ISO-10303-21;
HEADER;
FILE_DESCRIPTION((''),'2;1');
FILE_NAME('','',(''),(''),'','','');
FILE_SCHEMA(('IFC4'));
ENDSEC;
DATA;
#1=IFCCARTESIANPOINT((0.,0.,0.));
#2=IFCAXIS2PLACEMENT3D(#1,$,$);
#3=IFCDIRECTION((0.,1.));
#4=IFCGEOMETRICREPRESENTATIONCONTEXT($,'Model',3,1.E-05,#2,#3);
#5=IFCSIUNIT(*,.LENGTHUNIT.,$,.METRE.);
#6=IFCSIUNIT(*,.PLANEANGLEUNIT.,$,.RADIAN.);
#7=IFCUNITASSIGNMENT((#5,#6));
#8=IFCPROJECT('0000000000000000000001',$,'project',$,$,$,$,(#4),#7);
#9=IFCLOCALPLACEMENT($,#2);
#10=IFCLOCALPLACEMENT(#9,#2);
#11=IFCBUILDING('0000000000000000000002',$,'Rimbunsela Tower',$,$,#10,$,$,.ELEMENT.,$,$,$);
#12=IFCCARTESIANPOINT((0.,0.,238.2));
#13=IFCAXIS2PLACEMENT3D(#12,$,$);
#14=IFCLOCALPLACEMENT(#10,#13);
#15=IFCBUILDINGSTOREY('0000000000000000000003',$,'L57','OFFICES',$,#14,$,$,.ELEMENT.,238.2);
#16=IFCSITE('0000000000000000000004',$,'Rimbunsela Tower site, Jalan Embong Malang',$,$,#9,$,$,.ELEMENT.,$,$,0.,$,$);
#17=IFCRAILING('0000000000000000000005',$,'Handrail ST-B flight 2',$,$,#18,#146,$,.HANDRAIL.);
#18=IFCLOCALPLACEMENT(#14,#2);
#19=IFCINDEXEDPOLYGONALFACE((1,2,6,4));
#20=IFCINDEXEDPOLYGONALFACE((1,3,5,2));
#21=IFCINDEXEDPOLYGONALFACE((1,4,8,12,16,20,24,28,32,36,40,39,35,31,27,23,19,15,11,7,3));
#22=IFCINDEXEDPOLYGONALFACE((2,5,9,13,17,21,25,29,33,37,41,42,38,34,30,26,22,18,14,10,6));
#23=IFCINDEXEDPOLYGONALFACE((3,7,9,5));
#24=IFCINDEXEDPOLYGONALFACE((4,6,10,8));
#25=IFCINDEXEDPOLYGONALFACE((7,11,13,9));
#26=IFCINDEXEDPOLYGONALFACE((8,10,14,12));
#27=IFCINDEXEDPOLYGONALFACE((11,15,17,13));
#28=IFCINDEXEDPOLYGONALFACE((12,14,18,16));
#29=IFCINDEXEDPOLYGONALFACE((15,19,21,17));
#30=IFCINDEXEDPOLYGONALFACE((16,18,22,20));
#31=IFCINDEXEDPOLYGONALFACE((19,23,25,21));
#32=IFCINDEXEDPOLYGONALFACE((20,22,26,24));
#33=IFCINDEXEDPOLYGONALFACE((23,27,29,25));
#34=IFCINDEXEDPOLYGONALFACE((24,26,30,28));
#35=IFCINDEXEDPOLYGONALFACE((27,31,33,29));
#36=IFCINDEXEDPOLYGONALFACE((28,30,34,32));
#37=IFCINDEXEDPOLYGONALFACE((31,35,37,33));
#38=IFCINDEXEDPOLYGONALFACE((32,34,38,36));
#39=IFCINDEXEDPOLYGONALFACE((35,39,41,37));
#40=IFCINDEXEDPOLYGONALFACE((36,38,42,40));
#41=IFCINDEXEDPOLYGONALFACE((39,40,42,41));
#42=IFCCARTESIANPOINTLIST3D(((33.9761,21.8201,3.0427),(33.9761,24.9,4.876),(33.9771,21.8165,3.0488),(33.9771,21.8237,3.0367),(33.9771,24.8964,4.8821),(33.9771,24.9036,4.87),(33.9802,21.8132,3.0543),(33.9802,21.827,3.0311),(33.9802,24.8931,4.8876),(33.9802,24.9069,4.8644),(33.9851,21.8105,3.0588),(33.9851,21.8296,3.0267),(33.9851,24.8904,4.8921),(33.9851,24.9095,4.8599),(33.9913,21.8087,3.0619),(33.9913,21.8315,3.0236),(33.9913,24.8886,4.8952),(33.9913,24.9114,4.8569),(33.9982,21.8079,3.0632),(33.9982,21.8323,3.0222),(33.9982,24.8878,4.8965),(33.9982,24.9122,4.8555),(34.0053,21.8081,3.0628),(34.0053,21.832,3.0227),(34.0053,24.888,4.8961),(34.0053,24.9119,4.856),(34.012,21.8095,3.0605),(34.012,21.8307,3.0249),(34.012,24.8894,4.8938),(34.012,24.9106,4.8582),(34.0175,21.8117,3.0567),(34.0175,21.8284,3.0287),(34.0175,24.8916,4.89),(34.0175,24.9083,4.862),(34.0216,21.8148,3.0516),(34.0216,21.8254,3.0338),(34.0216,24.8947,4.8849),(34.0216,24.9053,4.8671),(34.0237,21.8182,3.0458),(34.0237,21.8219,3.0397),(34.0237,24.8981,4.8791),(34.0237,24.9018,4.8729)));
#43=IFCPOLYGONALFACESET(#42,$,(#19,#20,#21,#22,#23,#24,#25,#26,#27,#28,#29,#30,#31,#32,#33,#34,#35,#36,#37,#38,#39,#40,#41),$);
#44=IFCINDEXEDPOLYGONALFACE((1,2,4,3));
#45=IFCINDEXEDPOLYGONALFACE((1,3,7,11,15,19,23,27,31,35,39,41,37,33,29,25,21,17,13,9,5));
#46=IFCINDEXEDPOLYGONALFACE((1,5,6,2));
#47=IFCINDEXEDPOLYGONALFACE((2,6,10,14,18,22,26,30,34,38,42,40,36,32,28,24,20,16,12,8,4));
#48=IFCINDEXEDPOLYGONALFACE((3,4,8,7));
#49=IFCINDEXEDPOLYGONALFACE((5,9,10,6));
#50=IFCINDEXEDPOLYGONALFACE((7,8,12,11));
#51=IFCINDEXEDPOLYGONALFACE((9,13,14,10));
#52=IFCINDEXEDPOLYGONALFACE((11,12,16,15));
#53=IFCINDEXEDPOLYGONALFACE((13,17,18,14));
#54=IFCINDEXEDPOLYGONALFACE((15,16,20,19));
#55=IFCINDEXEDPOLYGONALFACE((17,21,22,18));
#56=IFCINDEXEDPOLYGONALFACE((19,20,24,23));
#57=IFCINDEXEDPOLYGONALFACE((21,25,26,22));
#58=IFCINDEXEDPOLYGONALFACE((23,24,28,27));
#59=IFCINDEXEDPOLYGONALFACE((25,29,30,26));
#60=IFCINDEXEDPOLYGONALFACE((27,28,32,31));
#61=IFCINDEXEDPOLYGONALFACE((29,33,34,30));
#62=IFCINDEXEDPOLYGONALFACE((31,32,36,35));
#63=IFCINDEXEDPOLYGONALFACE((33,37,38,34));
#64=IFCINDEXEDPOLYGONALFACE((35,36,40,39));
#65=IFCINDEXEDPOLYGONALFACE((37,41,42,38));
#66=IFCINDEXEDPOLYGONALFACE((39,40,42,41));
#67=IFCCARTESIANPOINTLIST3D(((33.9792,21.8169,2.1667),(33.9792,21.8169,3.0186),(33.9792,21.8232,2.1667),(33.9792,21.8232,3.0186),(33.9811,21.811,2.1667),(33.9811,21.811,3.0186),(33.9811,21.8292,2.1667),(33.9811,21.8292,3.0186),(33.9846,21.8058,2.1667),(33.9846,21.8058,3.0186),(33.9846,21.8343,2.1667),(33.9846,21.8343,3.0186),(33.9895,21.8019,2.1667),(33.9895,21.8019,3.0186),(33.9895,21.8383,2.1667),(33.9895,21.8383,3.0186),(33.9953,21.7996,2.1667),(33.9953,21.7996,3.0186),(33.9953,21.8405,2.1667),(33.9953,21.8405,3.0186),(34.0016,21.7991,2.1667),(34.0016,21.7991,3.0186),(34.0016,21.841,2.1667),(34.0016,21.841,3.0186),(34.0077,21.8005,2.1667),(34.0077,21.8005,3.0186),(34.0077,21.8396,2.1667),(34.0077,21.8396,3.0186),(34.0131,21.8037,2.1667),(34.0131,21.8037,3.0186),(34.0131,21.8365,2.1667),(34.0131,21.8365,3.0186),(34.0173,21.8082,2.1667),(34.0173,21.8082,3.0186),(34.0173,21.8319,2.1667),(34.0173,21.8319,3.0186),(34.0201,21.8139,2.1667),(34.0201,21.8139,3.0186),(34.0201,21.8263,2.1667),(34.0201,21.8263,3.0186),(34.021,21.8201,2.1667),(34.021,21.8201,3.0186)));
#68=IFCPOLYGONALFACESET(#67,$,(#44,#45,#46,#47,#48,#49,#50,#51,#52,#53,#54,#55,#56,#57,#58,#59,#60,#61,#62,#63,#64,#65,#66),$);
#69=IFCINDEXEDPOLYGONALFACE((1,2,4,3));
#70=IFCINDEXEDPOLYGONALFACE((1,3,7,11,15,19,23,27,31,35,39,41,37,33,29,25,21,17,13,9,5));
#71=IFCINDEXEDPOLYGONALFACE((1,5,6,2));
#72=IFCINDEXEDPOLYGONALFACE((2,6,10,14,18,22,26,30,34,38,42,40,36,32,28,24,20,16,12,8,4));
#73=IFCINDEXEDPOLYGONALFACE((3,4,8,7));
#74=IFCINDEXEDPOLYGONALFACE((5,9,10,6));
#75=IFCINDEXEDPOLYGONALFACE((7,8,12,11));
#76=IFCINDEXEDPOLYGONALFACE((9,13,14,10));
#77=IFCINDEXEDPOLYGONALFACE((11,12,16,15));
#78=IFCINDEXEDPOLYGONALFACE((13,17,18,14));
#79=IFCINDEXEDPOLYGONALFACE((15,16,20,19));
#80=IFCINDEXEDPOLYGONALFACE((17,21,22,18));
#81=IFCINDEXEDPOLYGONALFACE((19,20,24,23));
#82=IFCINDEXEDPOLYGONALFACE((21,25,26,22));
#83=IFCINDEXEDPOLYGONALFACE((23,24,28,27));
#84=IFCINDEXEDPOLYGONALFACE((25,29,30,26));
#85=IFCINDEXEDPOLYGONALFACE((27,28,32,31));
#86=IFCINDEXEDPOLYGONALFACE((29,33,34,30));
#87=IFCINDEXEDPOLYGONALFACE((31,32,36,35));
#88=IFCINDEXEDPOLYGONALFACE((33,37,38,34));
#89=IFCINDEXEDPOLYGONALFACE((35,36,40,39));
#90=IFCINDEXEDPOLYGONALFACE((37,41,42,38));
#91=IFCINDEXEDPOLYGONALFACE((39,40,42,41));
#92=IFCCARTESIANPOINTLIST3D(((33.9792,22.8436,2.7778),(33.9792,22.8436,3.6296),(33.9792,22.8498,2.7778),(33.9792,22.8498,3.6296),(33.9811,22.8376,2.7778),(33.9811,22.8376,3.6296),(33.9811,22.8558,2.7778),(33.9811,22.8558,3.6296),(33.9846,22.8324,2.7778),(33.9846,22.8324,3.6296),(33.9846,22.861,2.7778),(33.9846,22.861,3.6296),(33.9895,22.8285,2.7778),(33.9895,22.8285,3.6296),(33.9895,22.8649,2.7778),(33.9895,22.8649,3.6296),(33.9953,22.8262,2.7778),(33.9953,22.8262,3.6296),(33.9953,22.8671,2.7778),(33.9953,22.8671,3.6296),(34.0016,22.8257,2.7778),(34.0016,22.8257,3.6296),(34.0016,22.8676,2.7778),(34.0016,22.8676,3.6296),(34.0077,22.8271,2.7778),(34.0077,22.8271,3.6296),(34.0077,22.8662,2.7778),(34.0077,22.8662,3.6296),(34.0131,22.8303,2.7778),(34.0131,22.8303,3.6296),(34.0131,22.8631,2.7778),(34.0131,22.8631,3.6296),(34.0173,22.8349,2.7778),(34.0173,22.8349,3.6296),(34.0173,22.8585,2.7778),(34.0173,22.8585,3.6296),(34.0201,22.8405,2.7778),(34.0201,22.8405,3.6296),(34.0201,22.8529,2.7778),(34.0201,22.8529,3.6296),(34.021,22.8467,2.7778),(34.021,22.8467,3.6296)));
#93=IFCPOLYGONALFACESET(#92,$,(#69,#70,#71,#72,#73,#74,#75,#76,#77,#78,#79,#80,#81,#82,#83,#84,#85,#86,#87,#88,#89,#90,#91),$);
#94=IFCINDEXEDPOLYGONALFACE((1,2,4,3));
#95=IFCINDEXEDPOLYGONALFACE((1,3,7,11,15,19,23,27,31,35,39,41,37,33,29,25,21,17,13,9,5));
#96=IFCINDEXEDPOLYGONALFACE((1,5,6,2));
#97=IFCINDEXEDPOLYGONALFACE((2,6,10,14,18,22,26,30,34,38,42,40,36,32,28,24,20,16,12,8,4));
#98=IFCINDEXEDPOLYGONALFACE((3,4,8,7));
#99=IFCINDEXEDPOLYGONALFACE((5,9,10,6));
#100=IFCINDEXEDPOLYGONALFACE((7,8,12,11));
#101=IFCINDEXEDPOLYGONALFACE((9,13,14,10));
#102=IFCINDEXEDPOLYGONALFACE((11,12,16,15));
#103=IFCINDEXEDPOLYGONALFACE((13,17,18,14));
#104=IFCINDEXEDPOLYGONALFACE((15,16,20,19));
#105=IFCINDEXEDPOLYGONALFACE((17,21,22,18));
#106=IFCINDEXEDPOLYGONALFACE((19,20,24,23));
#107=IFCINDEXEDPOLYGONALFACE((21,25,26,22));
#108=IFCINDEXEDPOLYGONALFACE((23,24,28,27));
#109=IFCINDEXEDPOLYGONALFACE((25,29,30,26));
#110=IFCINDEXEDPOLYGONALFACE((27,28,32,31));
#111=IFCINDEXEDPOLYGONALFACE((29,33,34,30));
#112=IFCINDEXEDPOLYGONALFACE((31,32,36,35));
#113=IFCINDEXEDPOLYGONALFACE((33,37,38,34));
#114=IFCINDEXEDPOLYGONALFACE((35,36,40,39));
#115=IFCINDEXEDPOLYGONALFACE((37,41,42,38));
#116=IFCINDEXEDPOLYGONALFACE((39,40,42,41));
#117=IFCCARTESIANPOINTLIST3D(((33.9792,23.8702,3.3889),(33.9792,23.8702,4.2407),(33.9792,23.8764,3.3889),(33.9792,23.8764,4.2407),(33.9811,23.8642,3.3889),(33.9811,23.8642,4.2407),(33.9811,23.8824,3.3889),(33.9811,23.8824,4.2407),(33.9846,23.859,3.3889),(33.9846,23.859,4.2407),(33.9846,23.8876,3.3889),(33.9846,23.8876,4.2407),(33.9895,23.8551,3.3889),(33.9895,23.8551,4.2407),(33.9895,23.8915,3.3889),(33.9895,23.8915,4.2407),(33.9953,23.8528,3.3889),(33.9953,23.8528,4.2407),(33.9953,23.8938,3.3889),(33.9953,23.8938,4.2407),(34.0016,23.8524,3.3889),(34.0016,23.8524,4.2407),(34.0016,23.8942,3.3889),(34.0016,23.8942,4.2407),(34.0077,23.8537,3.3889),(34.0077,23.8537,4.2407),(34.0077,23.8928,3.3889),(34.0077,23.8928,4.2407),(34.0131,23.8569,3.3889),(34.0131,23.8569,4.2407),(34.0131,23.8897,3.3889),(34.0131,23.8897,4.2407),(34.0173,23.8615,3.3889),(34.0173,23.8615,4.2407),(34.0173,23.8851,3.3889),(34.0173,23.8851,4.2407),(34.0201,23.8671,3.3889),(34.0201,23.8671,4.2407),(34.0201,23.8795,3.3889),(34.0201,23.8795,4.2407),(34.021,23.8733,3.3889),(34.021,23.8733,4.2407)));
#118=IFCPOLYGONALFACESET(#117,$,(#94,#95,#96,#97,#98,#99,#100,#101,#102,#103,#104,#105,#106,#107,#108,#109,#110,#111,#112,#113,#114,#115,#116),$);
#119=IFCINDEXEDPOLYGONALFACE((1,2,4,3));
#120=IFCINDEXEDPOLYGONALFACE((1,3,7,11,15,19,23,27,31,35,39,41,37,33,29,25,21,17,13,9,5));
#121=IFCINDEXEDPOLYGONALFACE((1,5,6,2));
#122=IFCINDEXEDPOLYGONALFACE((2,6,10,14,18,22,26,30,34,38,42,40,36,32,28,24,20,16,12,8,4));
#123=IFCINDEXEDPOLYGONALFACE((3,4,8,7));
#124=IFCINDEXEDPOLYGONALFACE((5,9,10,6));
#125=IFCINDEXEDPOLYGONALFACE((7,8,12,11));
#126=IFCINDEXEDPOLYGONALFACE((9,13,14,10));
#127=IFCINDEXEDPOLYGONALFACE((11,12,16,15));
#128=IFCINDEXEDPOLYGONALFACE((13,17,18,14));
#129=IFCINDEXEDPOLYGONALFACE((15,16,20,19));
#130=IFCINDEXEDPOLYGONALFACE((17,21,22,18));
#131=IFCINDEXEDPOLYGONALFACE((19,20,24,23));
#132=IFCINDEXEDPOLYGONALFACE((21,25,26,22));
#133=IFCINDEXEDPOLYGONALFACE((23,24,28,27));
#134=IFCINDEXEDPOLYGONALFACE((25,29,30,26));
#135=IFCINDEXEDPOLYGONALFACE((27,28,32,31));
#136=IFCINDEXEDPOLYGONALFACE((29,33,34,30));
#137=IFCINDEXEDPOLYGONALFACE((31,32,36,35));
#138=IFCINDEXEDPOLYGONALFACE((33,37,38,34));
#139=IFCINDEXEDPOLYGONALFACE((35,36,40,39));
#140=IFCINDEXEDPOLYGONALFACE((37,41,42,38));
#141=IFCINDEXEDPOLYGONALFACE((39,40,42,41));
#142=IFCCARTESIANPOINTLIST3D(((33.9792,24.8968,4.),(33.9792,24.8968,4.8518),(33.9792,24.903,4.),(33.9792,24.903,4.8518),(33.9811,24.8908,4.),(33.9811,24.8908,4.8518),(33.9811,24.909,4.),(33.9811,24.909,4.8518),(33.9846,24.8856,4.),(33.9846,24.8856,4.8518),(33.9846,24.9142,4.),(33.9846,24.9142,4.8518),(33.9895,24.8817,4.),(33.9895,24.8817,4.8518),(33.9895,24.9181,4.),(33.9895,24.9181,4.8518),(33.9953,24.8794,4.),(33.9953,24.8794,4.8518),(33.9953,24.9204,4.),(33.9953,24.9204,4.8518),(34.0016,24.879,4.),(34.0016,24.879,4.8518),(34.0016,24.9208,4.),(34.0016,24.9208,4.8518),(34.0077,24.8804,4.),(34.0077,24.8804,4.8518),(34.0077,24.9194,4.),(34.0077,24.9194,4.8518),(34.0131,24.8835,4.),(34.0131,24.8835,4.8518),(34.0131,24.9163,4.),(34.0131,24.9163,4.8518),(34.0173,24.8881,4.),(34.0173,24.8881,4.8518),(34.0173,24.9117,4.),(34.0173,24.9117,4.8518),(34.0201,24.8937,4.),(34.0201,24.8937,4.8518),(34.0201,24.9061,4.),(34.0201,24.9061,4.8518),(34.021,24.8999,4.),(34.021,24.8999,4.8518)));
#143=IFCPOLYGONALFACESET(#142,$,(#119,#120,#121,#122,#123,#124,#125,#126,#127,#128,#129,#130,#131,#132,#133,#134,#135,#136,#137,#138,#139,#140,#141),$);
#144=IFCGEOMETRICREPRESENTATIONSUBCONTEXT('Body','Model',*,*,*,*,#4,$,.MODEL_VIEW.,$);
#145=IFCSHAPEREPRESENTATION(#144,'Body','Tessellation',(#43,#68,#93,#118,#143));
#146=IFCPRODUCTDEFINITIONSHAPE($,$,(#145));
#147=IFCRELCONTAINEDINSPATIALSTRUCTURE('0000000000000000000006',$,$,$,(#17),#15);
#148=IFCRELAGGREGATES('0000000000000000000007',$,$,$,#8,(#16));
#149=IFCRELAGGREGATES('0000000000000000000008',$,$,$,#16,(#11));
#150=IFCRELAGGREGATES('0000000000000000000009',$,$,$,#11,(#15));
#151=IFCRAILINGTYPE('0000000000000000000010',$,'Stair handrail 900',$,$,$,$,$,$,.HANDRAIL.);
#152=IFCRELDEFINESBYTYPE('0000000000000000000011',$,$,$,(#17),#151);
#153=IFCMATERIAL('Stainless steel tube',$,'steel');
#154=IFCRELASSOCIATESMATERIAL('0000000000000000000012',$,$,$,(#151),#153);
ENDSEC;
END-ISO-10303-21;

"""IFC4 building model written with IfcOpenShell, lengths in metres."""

from ifc_helpers import new_model, si_unit, direction, frame, origin, origin_2d, place, context, subcontext, project, spatial, circle, extrude, material, type_object, element, save


model = new_model("IFC4")

# Units and contexts
model_context = context("Model", 3, precision=1e-05, world=origin(), true_north=direction((0.0, 1.0)))
body_context = subcontext(model_context, "Body", "Model", "MODEL_VIEW")
ifc_project = project(units=[si_unit("LENGTHUNIT", "METRE"), si_unit("PLANEANGLEUNIT", "RADIAN")], contexts=[model_context])

# Site, building, storey
site_placement = place(None, origin())
site = spatial("IfcSite", under=ifc_project, at=site_placement, Name="Rimbunsela Tower site, Jalan Embong Malang", CompositionType="ELEMENT", RefElevation=0.0)
building_placement = place(site_placement, origin())
building = spatial("IfcBuilding", under=site, at=building_placement, Name="Rimbunsela Tower", CompositionType="ELEMENT")
storey_placement = place(building_placement, frame((0.0, 0.0, 238.2)))
storey = spatial("IfcBuildingStorey", under=building, at=storey_placement, Name="L57", Description="OFFICES", CompositionType="ELEMENT", Elevation=238.2)

# Railing
ifc_material_1 = material(Name="Stainless steel tube", Category="steel")
railing_type = type_object("IfcRailingType", Name="Stair handrail 900", PredefinedType="HANDRAIL", material=ifc_material_1)
railing_1_placement = place(storey_placement, frame((34.0, 21.8201, 2.1667)))
element("IfcRailing", 1, at=railing_1_placement, inside=storey, type_object=railing_type, Name="Handrail ST-B flight 2", PredefinedType="HANDRAIL", context=body_context, shape_type="SweptSolid", body=[
    extrude(circle(Radius=0.0239, at=origin_2d()), frame((0.0, 0.0, 0.876), z_axis=(0.0, 0.859291, 0.511487), x_axis=(-1.0, 0.0, 0.0)), (0.0, 0.0, 1.0), 3.5842),
    extrude(circle(Radius=0.021, at=origin_2d()), origin(), (0.0, 0.0, 1.0), 0.8518),
    extrude(circle(Radius=0.021, at=origin_2d()), frame((0.0, 1.0266, 0.6111)), (0.0, 0.0, 1.0), 0.8518),
    extrude(circle(Radius=0.021, at=origin_2d()), frame((0.0, 2.0532, 1.2222)), (0.0, 0.0, 1.0), 0.8518),
    extrude(circle(Radius=0.021, at=origin_2d()), frame((0.0, 3.0798, 1.8333)), (0.0, 0.0, 1.0), 0.8518),
])

save(model, "model.ifc")
